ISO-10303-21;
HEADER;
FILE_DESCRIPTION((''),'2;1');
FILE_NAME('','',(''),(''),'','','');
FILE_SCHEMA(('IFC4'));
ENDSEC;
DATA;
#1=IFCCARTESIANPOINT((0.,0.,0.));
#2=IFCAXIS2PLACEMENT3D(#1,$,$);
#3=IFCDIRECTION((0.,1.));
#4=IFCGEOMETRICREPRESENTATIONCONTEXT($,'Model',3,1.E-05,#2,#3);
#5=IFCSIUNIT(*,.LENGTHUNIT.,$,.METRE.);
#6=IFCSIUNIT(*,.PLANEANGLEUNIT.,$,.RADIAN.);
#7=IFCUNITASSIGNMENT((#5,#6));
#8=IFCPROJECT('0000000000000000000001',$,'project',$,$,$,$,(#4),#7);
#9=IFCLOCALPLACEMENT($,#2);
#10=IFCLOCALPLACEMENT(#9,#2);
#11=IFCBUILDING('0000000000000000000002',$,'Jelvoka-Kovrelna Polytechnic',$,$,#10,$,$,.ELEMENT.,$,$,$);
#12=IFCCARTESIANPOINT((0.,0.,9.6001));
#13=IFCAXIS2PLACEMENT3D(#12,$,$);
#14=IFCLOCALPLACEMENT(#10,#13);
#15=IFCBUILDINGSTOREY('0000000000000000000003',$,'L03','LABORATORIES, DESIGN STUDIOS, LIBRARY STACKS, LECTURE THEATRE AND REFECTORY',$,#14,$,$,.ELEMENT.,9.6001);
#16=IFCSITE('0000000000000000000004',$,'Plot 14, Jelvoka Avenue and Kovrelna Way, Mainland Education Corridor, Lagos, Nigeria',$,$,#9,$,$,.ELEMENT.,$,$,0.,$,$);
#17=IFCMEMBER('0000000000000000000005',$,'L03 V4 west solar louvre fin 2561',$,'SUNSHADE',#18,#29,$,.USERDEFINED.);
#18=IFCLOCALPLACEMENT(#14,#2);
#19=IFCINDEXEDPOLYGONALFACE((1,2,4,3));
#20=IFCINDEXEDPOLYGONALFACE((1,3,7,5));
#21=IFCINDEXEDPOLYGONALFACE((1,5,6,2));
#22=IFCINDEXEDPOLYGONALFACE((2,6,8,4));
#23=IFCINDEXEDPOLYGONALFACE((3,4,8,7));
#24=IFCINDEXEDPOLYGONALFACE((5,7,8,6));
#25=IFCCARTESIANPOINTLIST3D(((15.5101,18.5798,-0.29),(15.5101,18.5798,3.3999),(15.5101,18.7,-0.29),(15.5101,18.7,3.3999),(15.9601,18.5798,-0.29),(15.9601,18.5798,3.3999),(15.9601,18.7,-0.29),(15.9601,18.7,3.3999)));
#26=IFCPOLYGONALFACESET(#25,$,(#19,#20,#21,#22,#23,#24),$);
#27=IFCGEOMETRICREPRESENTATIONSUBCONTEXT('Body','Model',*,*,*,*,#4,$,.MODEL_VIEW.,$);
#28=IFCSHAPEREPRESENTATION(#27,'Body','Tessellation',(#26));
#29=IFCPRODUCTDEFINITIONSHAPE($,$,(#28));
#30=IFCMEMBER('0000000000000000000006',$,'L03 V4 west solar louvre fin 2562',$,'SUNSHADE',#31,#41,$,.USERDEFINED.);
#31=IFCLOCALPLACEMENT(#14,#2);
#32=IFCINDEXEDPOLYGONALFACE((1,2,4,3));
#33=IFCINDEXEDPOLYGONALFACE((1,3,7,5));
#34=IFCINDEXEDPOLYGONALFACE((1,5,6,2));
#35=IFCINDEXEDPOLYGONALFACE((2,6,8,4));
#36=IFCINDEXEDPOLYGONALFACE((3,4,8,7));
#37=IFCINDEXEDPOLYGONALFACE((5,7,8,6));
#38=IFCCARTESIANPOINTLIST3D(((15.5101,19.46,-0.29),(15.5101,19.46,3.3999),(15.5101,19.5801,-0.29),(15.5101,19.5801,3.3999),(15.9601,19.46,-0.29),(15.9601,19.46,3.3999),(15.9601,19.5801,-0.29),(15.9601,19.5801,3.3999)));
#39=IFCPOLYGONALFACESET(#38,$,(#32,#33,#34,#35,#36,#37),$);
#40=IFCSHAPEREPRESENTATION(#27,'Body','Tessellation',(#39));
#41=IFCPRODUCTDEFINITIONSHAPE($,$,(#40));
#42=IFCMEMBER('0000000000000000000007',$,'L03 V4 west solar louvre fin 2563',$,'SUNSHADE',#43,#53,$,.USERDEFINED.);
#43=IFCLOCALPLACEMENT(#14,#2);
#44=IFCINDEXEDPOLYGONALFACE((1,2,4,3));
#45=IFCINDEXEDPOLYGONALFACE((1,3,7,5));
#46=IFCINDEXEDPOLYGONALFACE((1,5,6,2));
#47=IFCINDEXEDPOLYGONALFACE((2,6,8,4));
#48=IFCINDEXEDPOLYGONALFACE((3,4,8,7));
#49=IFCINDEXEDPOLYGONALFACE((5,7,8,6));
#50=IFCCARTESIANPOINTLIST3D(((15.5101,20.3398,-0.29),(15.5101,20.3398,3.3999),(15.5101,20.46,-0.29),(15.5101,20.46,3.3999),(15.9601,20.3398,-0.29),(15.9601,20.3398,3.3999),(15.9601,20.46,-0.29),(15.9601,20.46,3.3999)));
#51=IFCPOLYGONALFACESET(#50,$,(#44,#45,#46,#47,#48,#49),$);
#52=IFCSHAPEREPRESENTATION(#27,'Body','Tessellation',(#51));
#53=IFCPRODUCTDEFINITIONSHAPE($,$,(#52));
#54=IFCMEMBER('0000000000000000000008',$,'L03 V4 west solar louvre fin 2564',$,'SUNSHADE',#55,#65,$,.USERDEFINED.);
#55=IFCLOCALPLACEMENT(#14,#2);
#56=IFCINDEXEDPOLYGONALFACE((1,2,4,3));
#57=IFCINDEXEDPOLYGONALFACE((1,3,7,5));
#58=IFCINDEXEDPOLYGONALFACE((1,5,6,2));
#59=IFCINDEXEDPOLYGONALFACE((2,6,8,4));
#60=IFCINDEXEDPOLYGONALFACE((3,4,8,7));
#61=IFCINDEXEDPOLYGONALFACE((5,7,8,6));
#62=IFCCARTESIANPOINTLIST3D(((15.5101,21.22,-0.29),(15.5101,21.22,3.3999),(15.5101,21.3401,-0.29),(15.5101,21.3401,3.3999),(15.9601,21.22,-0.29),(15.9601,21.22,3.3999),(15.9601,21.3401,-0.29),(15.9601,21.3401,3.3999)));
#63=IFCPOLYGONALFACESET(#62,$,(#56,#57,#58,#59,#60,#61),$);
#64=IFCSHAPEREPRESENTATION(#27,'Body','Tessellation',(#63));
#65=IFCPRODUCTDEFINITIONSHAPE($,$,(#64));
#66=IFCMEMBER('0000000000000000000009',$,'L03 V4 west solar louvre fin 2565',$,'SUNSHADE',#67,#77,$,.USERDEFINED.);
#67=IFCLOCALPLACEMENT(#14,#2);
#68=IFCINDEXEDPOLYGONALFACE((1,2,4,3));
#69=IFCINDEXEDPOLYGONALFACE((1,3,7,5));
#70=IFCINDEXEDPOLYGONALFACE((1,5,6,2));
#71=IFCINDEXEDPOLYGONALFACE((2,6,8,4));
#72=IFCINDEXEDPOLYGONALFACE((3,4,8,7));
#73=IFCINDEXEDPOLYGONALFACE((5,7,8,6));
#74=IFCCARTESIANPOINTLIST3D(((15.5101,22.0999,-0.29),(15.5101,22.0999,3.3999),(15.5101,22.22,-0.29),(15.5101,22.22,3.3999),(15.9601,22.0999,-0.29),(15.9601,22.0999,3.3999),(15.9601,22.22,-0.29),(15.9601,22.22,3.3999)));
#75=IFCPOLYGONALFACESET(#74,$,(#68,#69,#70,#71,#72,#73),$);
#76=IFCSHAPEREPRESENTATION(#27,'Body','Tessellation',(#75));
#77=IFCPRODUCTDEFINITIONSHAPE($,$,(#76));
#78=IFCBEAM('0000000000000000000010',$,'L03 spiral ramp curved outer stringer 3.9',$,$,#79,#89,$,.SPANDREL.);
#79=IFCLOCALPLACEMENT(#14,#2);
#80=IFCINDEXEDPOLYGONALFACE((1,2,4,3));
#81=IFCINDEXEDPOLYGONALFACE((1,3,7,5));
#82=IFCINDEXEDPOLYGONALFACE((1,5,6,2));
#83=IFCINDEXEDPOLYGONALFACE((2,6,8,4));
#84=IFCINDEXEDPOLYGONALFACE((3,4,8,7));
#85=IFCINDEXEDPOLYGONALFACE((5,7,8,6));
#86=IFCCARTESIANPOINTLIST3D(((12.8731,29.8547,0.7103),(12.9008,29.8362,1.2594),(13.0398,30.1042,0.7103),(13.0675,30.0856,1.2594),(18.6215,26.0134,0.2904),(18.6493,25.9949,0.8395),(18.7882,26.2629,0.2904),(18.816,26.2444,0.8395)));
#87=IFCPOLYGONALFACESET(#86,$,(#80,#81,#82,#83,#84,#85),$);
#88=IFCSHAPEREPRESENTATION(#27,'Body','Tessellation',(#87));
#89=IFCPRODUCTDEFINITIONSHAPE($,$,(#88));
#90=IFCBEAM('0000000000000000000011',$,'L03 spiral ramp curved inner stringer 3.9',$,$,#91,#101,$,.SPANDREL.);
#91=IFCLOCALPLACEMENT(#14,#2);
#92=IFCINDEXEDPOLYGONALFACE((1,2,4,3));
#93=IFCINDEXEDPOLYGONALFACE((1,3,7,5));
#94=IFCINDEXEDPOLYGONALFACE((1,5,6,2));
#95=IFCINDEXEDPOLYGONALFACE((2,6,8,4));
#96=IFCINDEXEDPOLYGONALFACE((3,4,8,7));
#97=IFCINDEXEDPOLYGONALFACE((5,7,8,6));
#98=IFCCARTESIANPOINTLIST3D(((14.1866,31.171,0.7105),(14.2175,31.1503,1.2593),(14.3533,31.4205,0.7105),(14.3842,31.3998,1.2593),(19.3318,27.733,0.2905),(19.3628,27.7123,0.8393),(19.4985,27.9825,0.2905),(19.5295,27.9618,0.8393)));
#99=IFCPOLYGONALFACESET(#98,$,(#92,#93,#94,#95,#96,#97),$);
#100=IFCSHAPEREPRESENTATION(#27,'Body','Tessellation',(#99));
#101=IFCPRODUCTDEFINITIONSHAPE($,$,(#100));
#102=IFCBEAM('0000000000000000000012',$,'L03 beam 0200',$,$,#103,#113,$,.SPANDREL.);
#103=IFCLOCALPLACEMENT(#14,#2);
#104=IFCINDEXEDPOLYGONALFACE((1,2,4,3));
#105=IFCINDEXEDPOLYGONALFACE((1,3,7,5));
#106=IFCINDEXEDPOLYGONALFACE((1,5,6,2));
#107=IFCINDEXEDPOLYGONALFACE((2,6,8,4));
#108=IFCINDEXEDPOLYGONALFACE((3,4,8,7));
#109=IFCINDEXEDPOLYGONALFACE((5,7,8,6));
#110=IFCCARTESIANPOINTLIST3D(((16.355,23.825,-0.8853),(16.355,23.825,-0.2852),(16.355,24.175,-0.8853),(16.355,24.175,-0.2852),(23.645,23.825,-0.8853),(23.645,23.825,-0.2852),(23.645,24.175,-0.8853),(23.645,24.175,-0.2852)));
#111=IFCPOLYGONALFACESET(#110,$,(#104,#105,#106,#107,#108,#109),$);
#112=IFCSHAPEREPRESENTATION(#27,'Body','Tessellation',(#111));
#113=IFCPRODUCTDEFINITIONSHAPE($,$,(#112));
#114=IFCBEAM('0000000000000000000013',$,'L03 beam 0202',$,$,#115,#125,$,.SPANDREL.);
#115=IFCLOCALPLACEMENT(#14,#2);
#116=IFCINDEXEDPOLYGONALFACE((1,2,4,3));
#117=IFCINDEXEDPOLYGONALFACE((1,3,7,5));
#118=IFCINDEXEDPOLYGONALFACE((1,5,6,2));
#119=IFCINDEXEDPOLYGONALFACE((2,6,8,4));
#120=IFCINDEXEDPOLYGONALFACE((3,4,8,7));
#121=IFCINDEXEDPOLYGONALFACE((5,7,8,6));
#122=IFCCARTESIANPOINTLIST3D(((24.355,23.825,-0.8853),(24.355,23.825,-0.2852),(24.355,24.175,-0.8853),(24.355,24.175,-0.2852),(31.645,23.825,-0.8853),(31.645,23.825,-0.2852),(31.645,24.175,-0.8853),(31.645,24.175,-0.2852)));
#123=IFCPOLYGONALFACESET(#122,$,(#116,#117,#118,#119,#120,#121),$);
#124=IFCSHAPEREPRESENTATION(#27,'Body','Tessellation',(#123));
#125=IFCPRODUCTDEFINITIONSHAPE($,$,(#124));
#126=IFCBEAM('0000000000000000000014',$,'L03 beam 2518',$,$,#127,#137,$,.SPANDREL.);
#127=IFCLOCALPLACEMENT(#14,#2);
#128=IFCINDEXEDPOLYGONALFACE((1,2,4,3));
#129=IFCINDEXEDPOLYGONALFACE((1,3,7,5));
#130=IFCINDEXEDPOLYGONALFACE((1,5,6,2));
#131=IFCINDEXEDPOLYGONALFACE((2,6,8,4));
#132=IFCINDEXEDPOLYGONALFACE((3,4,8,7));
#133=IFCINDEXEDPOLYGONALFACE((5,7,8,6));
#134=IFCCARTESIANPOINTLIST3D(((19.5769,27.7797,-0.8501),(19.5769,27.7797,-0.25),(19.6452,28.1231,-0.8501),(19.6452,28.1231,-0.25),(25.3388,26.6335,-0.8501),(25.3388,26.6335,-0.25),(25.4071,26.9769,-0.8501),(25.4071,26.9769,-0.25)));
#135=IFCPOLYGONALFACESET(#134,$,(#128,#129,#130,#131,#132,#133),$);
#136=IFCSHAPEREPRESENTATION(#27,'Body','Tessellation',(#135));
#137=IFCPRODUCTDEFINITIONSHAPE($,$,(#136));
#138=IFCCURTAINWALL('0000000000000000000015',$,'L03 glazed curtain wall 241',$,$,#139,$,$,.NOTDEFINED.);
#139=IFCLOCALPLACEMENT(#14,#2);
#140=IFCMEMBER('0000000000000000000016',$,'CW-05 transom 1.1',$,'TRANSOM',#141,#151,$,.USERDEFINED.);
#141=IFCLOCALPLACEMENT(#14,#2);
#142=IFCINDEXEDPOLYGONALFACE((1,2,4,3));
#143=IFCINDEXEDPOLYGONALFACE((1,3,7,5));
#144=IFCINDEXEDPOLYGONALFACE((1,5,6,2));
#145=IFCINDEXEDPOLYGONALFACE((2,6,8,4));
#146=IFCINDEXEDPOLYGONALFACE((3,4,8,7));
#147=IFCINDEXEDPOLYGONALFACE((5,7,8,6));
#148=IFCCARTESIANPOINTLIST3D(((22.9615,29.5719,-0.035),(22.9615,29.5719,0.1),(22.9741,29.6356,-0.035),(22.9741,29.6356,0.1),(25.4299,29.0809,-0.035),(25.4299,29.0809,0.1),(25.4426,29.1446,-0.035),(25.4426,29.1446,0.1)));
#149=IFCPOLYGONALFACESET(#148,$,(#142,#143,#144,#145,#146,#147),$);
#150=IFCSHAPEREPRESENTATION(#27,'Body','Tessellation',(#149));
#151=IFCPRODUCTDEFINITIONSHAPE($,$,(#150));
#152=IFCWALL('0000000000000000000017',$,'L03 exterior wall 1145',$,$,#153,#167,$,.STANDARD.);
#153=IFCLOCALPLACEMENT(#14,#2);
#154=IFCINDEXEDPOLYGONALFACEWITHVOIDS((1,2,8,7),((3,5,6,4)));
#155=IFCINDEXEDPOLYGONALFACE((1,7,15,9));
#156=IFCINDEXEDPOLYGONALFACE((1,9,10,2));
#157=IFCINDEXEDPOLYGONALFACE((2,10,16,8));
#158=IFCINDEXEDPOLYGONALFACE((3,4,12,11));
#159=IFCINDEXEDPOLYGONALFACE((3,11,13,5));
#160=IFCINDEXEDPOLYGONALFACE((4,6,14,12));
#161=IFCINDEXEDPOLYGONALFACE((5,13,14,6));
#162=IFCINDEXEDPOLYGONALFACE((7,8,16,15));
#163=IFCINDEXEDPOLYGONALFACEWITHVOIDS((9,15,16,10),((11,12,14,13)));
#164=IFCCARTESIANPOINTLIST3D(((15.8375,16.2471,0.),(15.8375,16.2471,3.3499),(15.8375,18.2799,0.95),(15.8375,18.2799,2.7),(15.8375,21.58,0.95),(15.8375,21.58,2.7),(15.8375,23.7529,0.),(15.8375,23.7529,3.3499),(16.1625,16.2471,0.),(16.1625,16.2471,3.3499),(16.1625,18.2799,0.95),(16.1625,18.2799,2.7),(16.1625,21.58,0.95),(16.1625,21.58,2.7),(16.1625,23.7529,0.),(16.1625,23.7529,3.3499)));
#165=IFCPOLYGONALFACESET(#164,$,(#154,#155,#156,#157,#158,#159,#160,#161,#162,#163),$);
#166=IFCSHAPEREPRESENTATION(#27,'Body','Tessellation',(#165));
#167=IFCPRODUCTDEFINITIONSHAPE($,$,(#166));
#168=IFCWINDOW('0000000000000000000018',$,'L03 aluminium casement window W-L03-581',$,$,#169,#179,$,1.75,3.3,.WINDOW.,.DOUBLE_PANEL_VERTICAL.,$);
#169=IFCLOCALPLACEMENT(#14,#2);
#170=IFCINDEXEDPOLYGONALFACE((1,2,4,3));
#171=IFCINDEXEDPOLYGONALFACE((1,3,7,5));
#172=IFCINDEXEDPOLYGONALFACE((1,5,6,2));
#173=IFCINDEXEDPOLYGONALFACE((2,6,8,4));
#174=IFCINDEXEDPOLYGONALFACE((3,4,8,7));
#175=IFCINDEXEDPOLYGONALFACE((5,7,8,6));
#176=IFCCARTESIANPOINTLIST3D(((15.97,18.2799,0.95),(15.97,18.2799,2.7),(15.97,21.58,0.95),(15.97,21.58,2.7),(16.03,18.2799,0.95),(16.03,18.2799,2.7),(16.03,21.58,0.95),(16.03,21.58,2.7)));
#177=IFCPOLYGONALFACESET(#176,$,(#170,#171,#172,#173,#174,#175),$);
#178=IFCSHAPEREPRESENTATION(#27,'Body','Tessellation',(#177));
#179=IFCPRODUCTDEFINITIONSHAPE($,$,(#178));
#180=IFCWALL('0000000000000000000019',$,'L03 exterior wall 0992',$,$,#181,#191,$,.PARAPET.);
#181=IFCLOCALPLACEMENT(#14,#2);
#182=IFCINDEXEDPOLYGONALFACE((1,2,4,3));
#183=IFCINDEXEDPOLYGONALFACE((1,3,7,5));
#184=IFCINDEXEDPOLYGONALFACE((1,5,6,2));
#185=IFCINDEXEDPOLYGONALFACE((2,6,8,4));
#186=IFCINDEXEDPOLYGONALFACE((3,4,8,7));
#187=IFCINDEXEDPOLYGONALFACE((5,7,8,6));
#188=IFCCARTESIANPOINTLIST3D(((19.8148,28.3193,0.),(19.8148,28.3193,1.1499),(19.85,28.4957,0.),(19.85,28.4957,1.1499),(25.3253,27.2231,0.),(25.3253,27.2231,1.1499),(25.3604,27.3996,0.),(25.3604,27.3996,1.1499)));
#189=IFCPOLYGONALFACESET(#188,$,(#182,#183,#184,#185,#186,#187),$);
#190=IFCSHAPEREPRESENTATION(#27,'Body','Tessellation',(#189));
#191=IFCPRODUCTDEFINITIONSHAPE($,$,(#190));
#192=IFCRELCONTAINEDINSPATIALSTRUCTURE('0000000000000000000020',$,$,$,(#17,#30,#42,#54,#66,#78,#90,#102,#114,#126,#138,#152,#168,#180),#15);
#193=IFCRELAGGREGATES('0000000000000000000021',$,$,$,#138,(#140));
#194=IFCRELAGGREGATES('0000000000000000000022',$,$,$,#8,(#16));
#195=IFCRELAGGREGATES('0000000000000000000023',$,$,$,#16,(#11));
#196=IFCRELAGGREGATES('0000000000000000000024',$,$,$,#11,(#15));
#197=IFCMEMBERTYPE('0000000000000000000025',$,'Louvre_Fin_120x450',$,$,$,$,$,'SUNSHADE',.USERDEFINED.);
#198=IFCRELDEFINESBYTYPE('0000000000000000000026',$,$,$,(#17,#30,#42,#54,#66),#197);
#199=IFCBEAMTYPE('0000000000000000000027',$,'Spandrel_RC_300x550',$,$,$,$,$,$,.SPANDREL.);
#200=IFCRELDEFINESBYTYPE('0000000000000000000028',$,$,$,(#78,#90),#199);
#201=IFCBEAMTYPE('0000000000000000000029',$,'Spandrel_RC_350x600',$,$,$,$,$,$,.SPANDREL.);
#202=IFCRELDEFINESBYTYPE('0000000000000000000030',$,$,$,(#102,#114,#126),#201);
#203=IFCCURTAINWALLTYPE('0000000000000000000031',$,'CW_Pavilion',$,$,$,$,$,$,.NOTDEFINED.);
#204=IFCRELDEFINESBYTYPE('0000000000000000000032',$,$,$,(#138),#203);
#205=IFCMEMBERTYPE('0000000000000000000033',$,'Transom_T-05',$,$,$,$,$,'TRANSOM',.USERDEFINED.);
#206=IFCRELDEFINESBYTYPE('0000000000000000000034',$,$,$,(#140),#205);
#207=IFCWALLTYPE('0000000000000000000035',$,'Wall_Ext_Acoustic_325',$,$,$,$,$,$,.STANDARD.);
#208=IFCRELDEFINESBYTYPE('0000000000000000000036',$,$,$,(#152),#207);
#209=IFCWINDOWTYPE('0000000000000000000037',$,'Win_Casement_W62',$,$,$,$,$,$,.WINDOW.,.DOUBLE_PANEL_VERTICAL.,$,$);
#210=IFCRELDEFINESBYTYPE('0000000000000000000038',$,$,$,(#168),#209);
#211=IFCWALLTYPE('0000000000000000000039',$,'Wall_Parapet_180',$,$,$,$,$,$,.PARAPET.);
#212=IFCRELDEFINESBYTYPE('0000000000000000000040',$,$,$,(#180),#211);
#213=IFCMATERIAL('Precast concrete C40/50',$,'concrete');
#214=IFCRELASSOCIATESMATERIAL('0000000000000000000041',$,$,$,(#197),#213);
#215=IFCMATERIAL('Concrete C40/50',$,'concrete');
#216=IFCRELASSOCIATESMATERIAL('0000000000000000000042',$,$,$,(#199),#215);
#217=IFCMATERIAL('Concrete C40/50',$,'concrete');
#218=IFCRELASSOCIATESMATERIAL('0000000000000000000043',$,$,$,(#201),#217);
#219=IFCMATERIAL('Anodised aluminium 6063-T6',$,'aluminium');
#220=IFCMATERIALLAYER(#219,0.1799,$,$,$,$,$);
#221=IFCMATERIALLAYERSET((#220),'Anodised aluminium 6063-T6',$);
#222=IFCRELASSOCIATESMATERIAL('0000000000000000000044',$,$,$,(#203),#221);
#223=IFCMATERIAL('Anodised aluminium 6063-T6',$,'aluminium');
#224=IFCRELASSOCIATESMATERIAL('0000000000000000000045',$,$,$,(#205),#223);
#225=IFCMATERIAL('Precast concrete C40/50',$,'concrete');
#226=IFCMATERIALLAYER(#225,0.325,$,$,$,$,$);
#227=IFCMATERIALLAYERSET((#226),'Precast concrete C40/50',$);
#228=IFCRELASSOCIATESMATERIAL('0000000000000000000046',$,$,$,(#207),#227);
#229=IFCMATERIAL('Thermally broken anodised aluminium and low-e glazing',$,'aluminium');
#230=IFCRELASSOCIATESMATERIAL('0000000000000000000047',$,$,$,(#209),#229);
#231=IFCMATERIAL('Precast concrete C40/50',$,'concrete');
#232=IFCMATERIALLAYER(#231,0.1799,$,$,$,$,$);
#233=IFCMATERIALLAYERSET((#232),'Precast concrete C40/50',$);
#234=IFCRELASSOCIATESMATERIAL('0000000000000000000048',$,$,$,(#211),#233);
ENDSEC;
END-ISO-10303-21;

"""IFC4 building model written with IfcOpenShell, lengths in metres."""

from ifc_helpers import new_model, si_unit, direction, frame, frame_2d, origin, origin_2d, place, context, subcontext, project, spatial, rectangle, extrude, material, layer, layer_set, material_profile, profile_set, type_object, element, fill, aggregate, save


model = new_model("IFC4")

# Units and contexts
model_context = context("Model", 3, precision=1e-05, world=origin(), true_north=direction((0.0, 1.0)))
body_context = subcontext(model_context, "Body", "Model", "MODEL_VIEW")
ifc_project = project(units=[si_unit("LENGTHUNIT", "METRE"), si_unit("PLANEANGLEUNIT", "RADIAN")], contexts=[model_context])

# Site, building, storey
site_placement = place(None, origin())
site = spatial("IfcSite", under=ifc_project, at=site_placement, Name="Plot 14, Jelvoka Avenue and Kovrelna Way, Mainland Education Corridor, Lagos, Nigeria", CompositionType="ELEMENT", RefElevation=0.0)
building_placement = place(site_placement, origin())
building = spatial("IfcBuilding", under=site, at=building_placement, Name="Jelvoka-Kovrelna Polytechnic", CompositionType="ELEMENT")
storey_placement = place(building_placement, frame((0.0, 0.0, 9.6001)))
storey = spatial("IfcBuildingStorey", under=building, at=storey_placement, Name="L03", Description="LABORATORIES, DESIGN STUDIOS, LIBRARY STACKS, LECTURE THEATRE AND REFECTORY", CompositionType="ELEMENT", Elevation=9.6001)

# Members
ifc_material_1 = material(Name="Precast concrete C40/50", Category="concrete")
ifc_material_profile_1 = material_profile(ifc_material_1, rectangle(XDim=0.1201, YDim=0.45, at=origin_2d()), Name="PC 120x450")
ifc_profile_set_1 = profile_set([ifc_material_profile_1], Name="Precast concrete C40/50")
member_type_1 = type_object("IfcMemberType", Name="Louvre_Fin_120x450", ElementType="SUNSHADE", PredefinedType="USERDEFINED", material=ifc_profile_set_1)
for number, where, z_axis, x_axis, name in (
    (1, (15.7351, 18.6399, -0.29), (0.0, 0.0, 1.0), (0.0, 1.0, 0.0), "L03 V4 west solar louvre fin 2561"),
    (2, (15.7351, 19.52, -0.29), (0.0, 0.0, 1.0), (0.0, 1.0, 0.0), "L03 V4 west solar louvre fin 2562"),
    (3, (15.7351, 20.3999, -0.29), (0.0, 0.0, 1.0), (0.0, 1.0, 0.0), "L03 V4 west solar louvre fin 2563"),
    (4, (15.7351, 21.28, -0.29), (0.0, 0.0, 1.0), (0.0, 1.0, 0.0), "L03 V4 west solar louvre fin 2564"),
    (5, (15.7351, 22.1599, -0.29), (0.0, 0.0, 1.0), (0.0, 1.0, 0.0), "L03 V4 west solar louvre fin 2565"),
):
    element("IfcMember", number, at=place(storey_placement, frame(where, z_axis=z_axis, x_axis=x_axis)), inside=storey, type_object=member_type_1, Name=name, ObjectType="SUNSHADE", PredefinedType="USERDEFINED", context=body_context, shape_type="SweptSolid", body=[
        extrude(rectangle(XDim=0.1201, YDim=0.45, at=origin_2d()), origin(), (0.0, 0.0, 1.0), 3.6899),
    ])

# Beams
ifc_material_2 = material(Name="Concrete C40/50", Category="concrete")
ifc_material_profile_2 = material_profile(ifc_material_2, rectangle(XDim=0.3, YDim=0.55, at=origin_2d()), Name="RC 300x550")
ifc_profile_set_2 = profile_set([ifc_material_profile_2], Name="Concrete C40/50")
beam_type_1 = type_object("IfcBeamType", Name="Spandrel_RC_300x550", PredefinedType="SPANDREL", material=ifc_profile_set_2)
beam_1_placement = place(storey_placement, frame((18.7188, 26.1289, 0.5649), z_axis=(-0.829923, 0.554574, 0.060625), x_axis=(-0.555596, -0.831452, 0.0)))
element("IfcBeam", 6, at=beam_1_placement, inside=storey, type_object=beam_type_1, Name="L03 spiral ramp curved outer stringer 3.9", PredefinedType="SPANDREL", context=body_context, shape_type="SweptSolid", body=[
    extrude(rectangle(XDim=0.3, YDim=0.55, at=origin_2d()), origin(), (0.0, 0.0, 1.0), 6.9265),
])
beam_2_placement = place(storey_placement, frame((19.4307, 27.8474, 0.5649), z_axis=(-0.829559, 0.554299, 0.067703), x_axis=(-0.555574, -0.831467, 0.0)))
element("IfcBeam", 7, at=beam_2_placement, inside=storey, type_object=beam_type_1, Name="L03 spiral ramp curved inner stringer 3.9", PredefinedType="SPANDREL", context=body_context, shape_type="SweptSolid", body=[
    extrude(rectangle(XDim=0.3, YDim=0.55, at=origin_2d()), origin(), (0.0, 0.0, 1.0), 6.2024),
])
ifc_material_3 = material(Name="Concrete C40/50", Category="concrete")
ifc_material_profile_3 = material_profile(ifc_material_3, rectangle(XDim=0.3501, YDim=0.6001, at=origin_2d()), Name="RC 350x600")
ifc_profile_set_3 = profile_set([ifc_material_profile_3], Name="Concrete C40/50")
beam_type_2 = type_object("IfcBeamType", Name="Spandrel_RC_350x600", PredefinedType="SPANDREL", material=ifc_profile_set_3)
for number, where, z_axis, x_axis, name in (
    (8, (16.355, 24.0, -0.5852), (1.0, 0.0, 0.0), (0.0, 1.0, 0.0), "L03 beam 0200"),
    (9, (24.355, 24.0, -0.5852), (1.0, 0.0, 0.0), (0.0, 1.0, 0.0), "L03 beam 0202"),
):
    element("IfcBeam", number, at=place(storey_placement, frame(where, z_axis=z_axis, x_axis=x_axis)), inside=storey, type_object=beam_type_2, Name=name, PredefinedType="SPANDREL", context=body_context, shape_type="SweptSolid", body=[
        extrude(rectangle(XDim=0.3501, YDim=0.6001, at=origin_2d()), origin(), (0.0, 0.0, 1.0), 7.29),
    ])
beam_3_placement = place(storey_placement, frame((19.6111, 27.9514, -0.55), z_axis=(0.980782, -0.195109, 0.0), x_axis=(0.195109, 0.980782, 0.0)))
element("IfcBeam", 10, at=beam_3_placement, inside=storey, type_object=beam_type_2, Name="L03 beam 2518", PredefinedType="SPANDREL", context=body_context, shape_type="SweptSolid", body=[
    extrude(rectangle(XDim=0.3501, YDim=0.6001, at=origin_2d()), origin(), (0.0, 0.0, 1.0), 5.8748),
])

# Curtain wall, member
ifc_material_4 = material(Name="Anodised aluminium 6063-T6", Category="aluminium")
ifc_layer_1 = layer(ifc_material_4, 0.1799)
ifc_layer_set_1 = layer_set([ifc_layer_1], Name="Anodised aluminium 6063-T6")
curtain_wall_type = type_object("IfcCurtainWallType", Name="CW_Pavilion", PredefinedType="NOTDEFINED", material=ifc_layer_set_1)
curtain_wall_placement = place(storey_placement, origin())
curtain_wall = element("IfcCurtainWall", 11, at=curtain_wall_placement, inside=storey, type_object=curtain_wall_type, Name="L03 glazed curtain wall 241", PredefinedType="NOTDEFINED")
ifc_material_5 = material(Name="Anodised aluminium 6063-T6", Category="aluminium")
ifc_material_profile_4 = material_profile(ifc_material_5, rectangle(XDim=0.0649, YDim=0.135, at=origin_2d()), Name="ALU 65x135")
ifc_profile_set_4 = profile_set([ifc_material_profile_4], Name="Anodised aluminium 6063-T6")
member_type_2 = type_object("IfcMemberType", Name="Transom_T-05", ElementType="TRANSOM", PredefinedType="USERDEFINED", material=ifc_profile_set_4)
member_placement = place(storey_placement, frame((25.4363, 29.1128, 0.0325), z_axis=(-0.980789, 0.195071, 0.0), x_axis=(-0.195071, -0.980789, 0.0)))
member = element("IfcMember", 12, at=member_placement, type_object=member_type_2, Name="CW-05 transom 1.1", ObjectType="TRANSOM", PredefinedType="USERDEFINED", context=body_context, shape_type="SweptSolid", body=[
    extrude(rectangle(XDim=0.0649, YDim=0.135, at=origin_2d()), origin(), (0.0, 0.0, 1.0), 2.5168),
])
aggregate(curtain_wall, [member])

# Wall, opening, window
ifc_material_6 = material(Name="Precast concrete C40/50", Category="concrete")
ifc_layer_2 = layer(ifc_material_6, 0.325)
ifc_layer_set_2 = layer_set([ifc_layer_2], Name="Precast concrete C40/50")
wall_type_1 = type_object("IfcWallType", Name="Wall_Ext_Acoustic_325", PredefinedType="STANDARD", material=ifc_layer_set_2)
wall_1_placement = place(storey_placement, frame((16.0, 16.2471, 0.0), z_axis=(0.0, 0.0, 1.0), x_axis=(0.0, 1.0, 0.0)))
wall_1 = element("IfcWall", 13, at=wall_1_placement, inside=storey, type_object=wall_type_1, Name="L03 exterior wall 1145", PredefinedType="STANDARD", context=body_context, shape_type="SweptSolid", body=[
    extrude(rectangle(XDim=7.5059, YDim=0.325, at=frame_2d((3.7529, 0.0))), origin(), (0.0, 0.0, 1.0), 3.3499),
])
opening_placement = place(wall_1_placement, frame((2.033, 0.0, 0.95)))
opening = element("IfcOpeningElement", 14, at=opening_placement, cuts=wall_1, PredefinedType="OPENING", context=body_context, shape_type="SweptSolid", body=[
    extrude(rectangle(XDim=3.3, YDim=1.75, at=frame_2d((1.6499, 0.875))), frame((0.0, 0.1726, 0.0), z_axis=(0.0, -1.0, 0.0), x_axis=(1.0, 0.0, 0.0)), (0.0, 0.0, 1.0), 0.345),
])
ifc_material_7 = material(Name="Thermally broken anodised aluminium and low-e glazing", Category="aluminium")
window_type = type_object("IfcWindowType", Name="Win_Casement_W62", PartitioningType="DOUBLE_PANEL_VERTICAL", PredefinedType="WINDOW", material=ifc_material_7)
window_placement = place(opening_placement, origin())
window = element("IfcWindow", 15, at=window_placement, inside=storey, type_object=window_type, Name="L03 aluminium casement window W-L03-581", OverallHeight=1.75, OverallWidth=3.3, PartitioningType="DOUBLE_PANEL_VERTICAL", PredefinedType="WINDOW", context=body_context, shape_type="SweptSolid", body=[
    extrude(rectangle(XDim=3.3, YDim=1.75, at=frame_2d((1.6499, 0.875))), frame((0.0, 0.03, 0.0), z_axis=(0.0, -1.0, 0.0), x_axis=(1.0, 0.0, 0.0)), (0.0, 0.0, 1.0), 0.0601),
])
fill(opening, window)

# Wall
ifc_material_8 = material(Name="Precast concrete C40/50", Category="concrete")
ifc_layer_3 = layer(ifc_material_8, 0.1799)
ifc_layer_set_3 = layer_set([ifc_layer_3], Name="Precast concrete C40/50")
wall_type_2 = type_object("IfcWallType", Name="Wall_Parapet_180", PredefinedType="PARAPET", material=ifc_layer_set_3)
wall_2_placement = place(storey_placement, frame((19.8325, 28.4075, 0.0), z_axis=(0.0, 0.0, 1.0), x_axis=(0.980782, -0.195105, 0.0)))
element("IfcWall", 16, at=wall_2_placement, inside=storey, type_object=wall_type_2, Name="L03 exterior wall 0992", PredefinedType="PARAPET", context=body_context, shape_type="SweptSolid", body=[
    extrude(rectangle(XDim=5.6184, YDim=0.1799, at=frame_2d((2.8091, 0.0))), origin(), (0.0, 0.0, 1.0), 1.1499),
])

save(model, "model.ifc")
